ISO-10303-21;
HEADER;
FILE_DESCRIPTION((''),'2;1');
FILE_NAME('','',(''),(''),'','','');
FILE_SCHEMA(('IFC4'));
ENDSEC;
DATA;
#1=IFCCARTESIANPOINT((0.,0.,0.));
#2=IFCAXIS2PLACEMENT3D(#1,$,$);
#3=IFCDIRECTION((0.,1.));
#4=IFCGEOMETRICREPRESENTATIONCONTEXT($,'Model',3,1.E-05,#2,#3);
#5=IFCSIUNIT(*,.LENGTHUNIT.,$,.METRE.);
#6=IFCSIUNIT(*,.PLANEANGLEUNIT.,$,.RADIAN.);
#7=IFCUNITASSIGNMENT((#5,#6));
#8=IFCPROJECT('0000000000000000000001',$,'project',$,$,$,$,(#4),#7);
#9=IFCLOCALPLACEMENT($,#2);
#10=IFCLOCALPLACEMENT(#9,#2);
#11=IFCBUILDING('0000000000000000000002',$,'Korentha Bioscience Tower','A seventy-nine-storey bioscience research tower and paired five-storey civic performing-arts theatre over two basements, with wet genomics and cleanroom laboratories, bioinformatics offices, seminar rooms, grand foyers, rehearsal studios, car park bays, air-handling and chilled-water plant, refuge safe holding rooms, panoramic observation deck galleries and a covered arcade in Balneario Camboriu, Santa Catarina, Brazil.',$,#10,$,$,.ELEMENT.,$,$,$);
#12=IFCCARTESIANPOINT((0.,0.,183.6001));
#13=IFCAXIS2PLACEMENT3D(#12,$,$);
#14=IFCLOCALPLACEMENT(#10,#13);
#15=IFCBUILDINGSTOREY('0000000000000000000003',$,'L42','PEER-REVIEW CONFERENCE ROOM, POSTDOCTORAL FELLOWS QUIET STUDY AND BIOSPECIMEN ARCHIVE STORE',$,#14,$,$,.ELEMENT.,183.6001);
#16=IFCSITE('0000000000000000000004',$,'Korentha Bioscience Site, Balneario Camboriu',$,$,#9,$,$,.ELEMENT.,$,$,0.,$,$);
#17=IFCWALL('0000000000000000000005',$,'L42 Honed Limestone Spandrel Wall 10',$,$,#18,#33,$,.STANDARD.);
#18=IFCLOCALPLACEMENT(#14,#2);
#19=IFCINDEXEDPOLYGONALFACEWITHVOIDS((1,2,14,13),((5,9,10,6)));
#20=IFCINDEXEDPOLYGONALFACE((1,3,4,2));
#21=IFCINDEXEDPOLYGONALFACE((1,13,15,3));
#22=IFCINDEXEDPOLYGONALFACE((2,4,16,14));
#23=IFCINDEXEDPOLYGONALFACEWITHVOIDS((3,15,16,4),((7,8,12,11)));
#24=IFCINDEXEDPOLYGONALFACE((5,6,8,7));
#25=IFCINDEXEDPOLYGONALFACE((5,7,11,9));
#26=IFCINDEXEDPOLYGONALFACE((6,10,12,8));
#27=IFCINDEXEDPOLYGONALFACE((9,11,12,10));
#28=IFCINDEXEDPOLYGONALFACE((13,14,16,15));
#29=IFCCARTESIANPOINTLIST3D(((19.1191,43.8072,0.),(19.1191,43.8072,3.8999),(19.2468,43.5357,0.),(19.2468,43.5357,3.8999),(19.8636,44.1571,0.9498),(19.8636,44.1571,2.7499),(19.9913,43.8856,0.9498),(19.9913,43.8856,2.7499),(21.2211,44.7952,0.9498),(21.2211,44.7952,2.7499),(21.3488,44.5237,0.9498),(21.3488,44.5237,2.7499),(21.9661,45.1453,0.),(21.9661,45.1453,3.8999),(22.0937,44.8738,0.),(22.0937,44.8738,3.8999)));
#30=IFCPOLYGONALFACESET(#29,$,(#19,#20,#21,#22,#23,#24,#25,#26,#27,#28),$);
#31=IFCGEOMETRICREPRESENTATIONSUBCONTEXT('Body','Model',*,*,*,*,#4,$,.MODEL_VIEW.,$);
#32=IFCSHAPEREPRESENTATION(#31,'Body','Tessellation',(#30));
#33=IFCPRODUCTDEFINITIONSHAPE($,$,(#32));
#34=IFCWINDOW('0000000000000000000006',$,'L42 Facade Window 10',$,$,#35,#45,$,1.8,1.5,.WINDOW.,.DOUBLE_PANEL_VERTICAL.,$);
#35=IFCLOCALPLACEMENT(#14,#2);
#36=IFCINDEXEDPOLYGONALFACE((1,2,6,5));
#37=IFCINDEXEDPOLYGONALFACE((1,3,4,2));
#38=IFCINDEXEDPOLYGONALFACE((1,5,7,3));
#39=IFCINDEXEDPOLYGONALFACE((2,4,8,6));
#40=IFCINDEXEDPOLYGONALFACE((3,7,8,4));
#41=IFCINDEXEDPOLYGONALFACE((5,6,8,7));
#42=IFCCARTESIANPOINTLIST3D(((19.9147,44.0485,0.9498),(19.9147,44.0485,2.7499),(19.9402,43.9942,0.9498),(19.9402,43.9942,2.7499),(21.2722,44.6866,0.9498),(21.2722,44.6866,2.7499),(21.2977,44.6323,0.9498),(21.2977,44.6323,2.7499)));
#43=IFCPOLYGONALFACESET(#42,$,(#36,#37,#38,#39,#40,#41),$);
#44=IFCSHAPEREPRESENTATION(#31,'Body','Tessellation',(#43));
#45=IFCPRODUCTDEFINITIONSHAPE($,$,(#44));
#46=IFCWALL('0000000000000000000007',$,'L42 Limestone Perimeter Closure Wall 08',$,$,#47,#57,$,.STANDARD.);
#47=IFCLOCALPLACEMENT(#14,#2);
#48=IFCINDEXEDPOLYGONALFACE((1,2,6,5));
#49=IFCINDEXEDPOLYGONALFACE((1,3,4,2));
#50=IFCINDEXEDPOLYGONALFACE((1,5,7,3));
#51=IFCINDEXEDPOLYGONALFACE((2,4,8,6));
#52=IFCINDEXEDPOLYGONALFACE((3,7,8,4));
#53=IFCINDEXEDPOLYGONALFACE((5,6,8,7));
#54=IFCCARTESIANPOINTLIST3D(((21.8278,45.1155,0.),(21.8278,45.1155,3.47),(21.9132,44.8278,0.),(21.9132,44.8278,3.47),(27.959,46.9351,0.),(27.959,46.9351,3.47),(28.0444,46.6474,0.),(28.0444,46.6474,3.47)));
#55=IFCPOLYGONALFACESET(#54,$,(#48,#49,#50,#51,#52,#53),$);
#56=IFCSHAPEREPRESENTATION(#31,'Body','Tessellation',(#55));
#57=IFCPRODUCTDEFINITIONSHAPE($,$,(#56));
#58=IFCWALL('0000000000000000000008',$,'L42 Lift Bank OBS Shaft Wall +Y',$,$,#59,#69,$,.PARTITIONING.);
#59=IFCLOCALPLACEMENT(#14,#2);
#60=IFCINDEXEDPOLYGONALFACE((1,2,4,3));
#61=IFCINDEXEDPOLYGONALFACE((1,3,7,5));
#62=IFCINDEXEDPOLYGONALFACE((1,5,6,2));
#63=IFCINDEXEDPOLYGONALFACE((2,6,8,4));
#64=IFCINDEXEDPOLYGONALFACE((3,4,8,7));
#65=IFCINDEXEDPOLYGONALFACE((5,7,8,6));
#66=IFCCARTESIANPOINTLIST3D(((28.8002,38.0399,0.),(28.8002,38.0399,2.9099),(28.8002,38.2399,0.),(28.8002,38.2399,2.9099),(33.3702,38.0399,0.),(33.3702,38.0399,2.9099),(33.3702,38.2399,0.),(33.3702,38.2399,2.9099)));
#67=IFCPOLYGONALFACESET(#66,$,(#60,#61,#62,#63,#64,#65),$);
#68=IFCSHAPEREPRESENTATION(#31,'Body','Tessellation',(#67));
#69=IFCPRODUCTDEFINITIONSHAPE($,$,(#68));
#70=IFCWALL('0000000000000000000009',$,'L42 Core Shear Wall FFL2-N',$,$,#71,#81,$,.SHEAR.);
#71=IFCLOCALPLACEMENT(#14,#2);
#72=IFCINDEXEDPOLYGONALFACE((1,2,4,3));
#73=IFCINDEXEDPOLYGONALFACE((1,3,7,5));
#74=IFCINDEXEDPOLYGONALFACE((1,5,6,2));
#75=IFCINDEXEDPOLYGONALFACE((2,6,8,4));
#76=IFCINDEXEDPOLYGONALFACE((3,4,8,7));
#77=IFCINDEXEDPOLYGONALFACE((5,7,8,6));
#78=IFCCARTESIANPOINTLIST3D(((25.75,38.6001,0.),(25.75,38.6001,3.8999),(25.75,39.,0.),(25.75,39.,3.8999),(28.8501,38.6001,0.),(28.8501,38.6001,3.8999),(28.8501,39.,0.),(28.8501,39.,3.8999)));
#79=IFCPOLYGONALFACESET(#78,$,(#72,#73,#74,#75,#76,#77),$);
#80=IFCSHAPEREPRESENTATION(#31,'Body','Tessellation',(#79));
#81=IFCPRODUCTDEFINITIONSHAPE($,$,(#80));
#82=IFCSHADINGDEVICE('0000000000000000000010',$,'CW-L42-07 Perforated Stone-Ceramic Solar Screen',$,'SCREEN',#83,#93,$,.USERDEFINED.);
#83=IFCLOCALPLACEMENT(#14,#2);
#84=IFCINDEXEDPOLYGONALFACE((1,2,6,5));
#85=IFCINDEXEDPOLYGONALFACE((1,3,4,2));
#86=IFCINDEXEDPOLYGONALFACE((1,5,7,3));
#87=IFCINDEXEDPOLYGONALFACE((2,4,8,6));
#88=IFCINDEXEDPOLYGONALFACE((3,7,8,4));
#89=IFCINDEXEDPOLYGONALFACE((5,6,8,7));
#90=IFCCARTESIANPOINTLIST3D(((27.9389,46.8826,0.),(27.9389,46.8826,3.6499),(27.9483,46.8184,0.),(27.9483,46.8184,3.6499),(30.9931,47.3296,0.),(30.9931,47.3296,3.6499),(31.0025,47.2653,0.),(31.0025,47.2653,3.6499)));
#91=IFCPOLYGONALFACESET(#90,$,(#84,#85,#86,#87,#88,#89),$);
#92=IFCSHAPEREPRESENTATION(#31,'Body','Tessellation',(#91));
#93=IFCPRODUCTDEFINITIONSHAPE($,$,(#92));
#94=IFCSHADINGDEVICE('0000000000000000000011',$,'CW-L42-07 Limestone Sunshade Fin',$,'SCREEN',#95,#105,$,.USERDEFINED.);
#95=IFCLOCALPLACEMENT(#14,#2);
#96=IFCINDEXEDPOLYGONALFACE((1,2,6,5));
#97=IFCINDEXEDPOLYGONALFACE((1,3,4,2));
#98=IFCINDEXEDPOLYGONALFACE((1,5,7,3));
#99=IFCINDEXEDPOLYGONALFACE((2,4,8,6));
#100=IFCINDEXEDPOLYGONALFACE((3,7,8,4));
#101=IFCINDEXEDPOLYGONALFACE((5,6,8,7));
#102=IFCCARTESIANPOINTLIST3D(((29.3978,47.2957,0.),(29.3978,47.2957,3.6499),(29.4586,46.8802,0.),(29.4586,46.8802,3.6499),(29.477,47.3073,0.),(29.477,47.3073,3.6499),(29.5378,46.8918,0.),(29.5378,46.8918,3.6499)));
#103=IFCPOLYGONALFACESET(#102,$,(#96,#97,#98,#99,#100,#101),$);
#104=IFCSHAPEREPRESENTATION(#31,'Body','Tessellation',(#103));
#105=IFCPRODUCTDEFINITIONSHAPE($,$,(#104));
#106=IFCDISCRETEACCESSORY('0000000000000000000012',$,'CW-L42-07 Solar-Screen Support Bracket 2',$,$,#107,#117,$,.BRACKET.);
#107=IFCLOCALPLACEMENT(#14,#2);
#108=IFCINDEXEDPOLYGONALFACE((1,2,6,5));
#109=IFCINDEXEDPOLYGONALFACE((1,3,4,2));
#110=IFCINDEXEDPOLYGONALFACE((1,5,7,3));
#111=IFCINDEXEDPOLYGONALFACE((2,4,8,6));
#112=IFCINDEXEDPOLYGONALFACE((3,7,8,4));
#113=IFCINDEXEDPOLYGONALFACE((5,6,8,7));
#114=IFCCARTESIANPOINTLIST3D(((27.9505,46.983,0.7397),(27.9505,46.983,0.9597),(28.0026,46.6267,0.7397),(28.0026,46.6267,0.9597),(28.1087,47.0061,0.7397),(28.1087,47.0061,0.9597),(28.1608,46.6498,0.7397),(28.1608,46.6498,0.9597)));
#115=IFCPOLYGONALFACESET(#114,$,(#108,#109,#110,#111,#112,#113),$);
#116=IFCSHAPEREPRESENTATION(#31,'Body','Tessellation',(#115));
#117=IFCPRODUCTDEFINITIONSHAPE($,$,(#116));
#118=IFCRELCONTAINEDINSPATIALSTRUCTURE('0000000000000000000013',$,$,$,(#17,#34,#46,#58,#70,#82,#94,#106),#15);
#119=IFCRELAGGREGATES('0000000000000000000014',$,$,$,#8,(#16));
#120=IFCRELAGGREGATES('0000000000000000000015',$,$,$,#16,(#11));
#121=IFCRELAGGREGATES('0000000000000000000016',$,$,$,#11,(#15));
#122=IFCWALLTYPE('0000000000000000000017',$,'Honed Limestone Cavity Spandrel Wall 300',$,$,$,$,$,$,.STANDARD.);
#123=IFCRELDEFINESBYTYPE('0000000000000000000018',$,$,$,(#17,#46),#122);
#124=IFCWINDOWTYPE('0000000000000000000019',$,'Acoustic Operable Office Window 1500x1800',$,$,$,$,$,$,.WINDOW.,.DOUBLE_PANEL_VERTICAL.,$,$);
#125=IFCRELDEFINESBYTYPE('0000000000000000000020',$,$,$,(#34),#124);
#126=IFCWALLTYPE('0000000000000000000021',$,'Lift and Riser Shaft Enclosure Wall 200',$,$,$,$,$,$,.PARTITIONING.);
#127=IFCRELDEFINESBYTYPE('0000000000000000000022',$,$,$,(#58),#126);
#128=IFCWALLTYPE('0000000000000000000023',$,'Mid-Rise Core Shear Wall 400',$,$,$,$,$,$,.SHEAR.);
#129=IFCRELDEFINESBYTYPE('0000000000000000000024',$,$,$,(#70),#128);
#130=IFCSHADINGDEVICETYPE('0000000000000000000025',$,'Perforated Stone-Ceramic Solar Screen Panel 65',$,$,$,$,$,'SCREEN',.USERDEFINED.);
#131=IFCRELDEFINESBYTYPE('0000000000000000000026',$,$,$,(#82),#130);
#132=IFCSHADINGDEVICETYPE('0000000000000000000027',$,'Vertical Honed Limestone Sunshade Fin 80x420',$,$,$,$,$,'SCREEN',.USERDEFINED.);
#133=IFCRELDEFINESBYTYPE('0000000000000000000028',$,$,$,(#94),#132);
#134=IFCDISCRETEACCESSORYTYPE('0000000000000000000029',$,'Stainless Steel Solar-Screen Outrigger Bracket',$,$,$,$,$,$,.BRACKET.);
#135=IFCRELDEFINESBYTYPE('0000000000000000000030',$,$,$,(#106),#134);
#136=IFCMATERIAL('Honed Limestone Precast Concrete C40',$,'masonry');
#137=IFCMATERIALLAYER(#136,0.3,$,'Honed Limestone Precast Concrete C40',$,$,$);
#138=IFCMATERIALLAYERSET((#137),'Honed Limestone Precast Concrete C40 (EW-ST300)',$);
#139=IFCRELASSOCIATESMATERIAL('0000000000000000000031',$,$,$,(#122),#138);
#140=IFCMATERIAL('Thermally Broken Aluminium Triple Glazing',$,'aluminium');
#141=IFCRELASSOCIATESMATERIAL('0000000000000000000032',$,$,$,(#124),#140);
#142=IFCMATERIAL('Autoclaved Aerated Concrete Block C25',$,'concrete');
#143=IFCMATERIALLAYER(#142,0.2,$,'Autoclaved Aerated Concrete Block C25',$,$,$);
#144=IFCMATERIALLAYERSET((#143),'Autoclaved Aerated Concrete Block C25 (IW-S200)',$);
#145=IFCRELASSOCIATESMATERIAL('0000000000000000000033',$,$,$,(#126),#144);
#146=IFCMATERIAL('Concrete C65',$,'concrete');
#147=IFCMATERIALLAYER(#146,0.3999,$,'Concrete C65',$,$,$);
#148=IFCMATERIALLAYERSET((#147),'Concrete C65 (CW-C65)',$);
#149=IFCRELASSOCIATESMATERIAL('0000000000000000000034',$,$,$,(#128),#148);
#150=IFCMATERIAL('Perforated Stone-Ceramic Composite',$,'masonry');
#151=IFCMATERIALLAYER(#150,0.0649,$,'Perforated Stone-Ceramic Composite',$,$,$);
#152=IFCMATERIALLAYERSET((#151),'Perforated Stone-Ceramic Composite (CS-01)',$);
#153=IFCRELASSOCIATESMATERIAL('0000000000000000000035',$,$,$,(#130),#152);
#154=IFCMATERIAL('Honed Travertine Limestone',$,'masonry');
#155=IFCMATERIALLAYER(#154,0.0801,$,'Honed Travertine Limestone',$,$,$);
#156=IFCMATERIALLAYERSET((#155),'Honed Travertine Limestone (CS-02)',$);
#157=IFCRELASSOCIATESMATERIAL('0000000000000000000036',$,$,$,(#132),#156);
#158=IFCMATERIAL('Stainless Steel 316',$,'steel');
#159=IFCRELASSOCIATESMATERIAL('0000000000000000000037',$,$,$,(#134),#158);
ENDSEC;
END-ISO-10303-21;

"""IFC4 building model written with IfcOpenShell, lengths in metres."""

from ifc_helpers import new_model, si_unit, direction, frame, frame_2d, origin, origin_2d, place, context, subcontext, project, spatial, rectangle, extrude, material, layer, layer_set, type_object, element, fill, save


model = new_model("IFC4")

# Units and contexts
model_context = context("Model", 3, precision=1e-05, world=origin(), true_north=direction((0.0, 1.0)))
body_context = subcontext(model_context, "Body", "Model", "MODEL_VIEW")
ifc_project = project(units=[si_unit("LENGTHUNIT", "METRE"), si_unit("PLANEANGLEUNIT", "RADIAN")], contexts=[model_context])

# Site, building, storey
site_placement = place(None, origin())
site = spatial("IfcSite", under=ifc_project, at=site_placement, Name="Korentha Bioscience Site, Balneario Camboriu", CompositionType="ELEMENT", RefElevation=0.0)
building_placement = place(site_placement, origin())
building = spatial("IfcBuilding", under=site, at=building_placement, Name="Korentha Bioscience Tower", Description="A seventy-nine-storey bioscience research tower and paired five-storey civic performing-arts theatre over two basements, with wet genomics and cleanroom laboratories, bioinformatics offices, seminar rooms, grand foyers, rehearsal studios, car park bays, air-handling and chilled-water plant, refuge safe holding rooms, panoramic observation deck galleries and a covered arcade in Balneario Camboriu, Santa Catarina, Brazil.", CompositionType="ELEMENT")
storey_placement = place(building_placement, frame((0.0, 0.0, 183.6001)))
storey = spatial("IfcBuildingStorey", under=building, at=storey_placement, Name="L42", Description="PEER-REVIEW CONFERENCE ROOM, POSTDOCTORAL FELLOWS QUIET STUDY AND BIOSPECIMEN ARCHIVE STORE", CompositionType="ELEMENT", Elevation=183.6001)

# Shared definitions
ifc_material_1 = material(Name="Concrete C65", Category="concrete")

# Wall, opening, window
ifc_material_2 = material(Name="Honed Limestone Precast Concrete C40", Category="masonry")
ifc_layer_1 = layer(ifc_material_2, 0.3, Name="Honed Limestone Precast Concrete C40")
ifc_layer_set_1 = layer_set([ifc_layer_1], Name="Honed Limestone Precast Concrete C40 (EW-ST300)")
wall_type_1 = type_object("IfcWallType", Name="Honed Limestone Cavity Spandrel Wall 300", PredefinedType="STANDARD", material=ifc_layer_set_1)
wall_1_placement = place(storey_placement, frame((22.0298, 45.0095, 0.0), z_axis=(0.0, 0.0, 1.0), x_axis=(-0.905014, -0.425382, 0.0)))
wall_1 = element("IfcWall", 1, at=wall_1_placement, inside=storey, type_object=wall_type_1, Name="L42 Honed Limestone Spandrel Wall 10", PredefinedType="STANDARD", context=body_context, shape_type="SweptSolid", body=[
    extrude(rectangle(XDim=3.1458, YDim=0.3, at=frame_2d((1.5728, 0.0))), origin(), (0.0, 0.0, 1.0), 3.8999),
])
opening_1_placement = place(wall_1_placement, frame((0.823, 0.0, 0.95)))
opening_1 = element("IfcOpeningElement", 2, at=opening_1_placement, cuts=wall_1, PredefinedType="OPENING", context=body_context, shape_type="SweptSolid", body=[
    extrude(rectangle(XDim=1.5, YDim=1.8, at=frame_2d((0.75, 0.8999))), frame((0.0, 0.165, 0.0), z_axis=(0.0, -1.0, 0.0), x_axis=(1.0, 0.0, 0.0)), (0.0, 0.0, 1.0), 0.3298),
])
ifc_material_3 = material(Name="Thermally Broken Aluminium Triple Glazing", Category="aluminium")
window_type = type_object("IfcWindowType", Name="Acoustic Operable Office Window 1500x1800", PartitioningType="DOUBLE_PANEL_VERTICAL", PredefinedType="WINDOW", material=ifc_material_3)
window_placement = place(opening_1_placement, origin())
window = element("IfcWindow", 3, at=window_placement, inside=storey, type_object=window_type, Name="L42 Facade Window 10", OverallHeight=1.8, OverallWidth=1.5, PartitioningType="DOUBLE_PANEL_VERTICAL", PredefinedType="WINDOW", context=body_context, shape_type="SweptSolid", body=[
    extrude(rectangle(XDim=1.5, YDim=1.8, at=frame_2d((0.75, 0.8999))), frame((0.0, 0.03, 0.0), z_axis=(0.0, -1.0, 0.0), x_axis=(1.0, 0.0, 0.0)), (0.0, 0.0, 1.0), 0.0601),
])
fill(opening_1, window)

# Walls
wall_2_placement = place(storey_placement, frame((28.0017, 46.7913, 0.0), z_axis=(0.0, 0.0, 1.0), x_axis=(-0.958672, -0.284513, 0.0)))
element("IfcWall", 4, at=wall_2_placement, inside=storey, type_object=wall_type_1, Name="L42 Limestone Perimeter Closure Wall 08", PredefinedType="STANDARD", context=body_context, shape_type="SweptSolid", body=[
    extrude(rectangle(XDim=6.3955, YDim=0.3, at=frame_2d((3.1978, 0.0))), origin(), (0.0, 0.0, 1.0), 3.47),
])
ifc_material_4 = material(Name="Autoclaved Aerated Concrete Block C25", Category="concrete")
ifc_layer_2 = layer(ifc_material_4, 0.2, Name="Autoclaved Aerated Concrete Block C25")
ifc_layer_set_2 = layer_set([ifc_layer_2], Name="Autoclaved Aerated Concrete Block C25 (IW-S200)")
wall_type_2 = type_object("IfcWallType", Name="Lift and Riser Shaft Enclosure Wall 200", PredefinedType="PARTITIONING", material=ifc_layer_set_2)
wall_3_placement = place(storey_placement, frame((28.8, 38.1399, 0.0), z_axis=(0.0, 0.0, 1.0), x_axis=(1.0, 0.0, 0.0)))
element("IfcWall", 5, at=wall_3_placement, inside=storey, type_object=wall_type_2, Name="L42 Lift Bank OBS Shaft Wall +Y", PredefinedType="PARTITIONING", context=body_context, shape_type="SweptSolid", body=[
    extrude(rectangle(XDim=4.5701, YDim=0.2, at=frame_2d((2.2852, 0.0))), origin(), (0.0, 0.0, 1.0), 2.9099),
])
ifc_layer_3 = layer(ifc_material_1, 0.3999, Name="Concrete C65")
ifc_layer_set_3 = layer_set([ifc_layer_3], Name="Concrete C65 (CW-C65)")
wall_type_3 = type_object("IfcWallType", Name="Mid-Rise Core Shear Wall 400", PredefinedType="SHEAR", material=ifc_layer_set_3)
wall_4_placement = place(storey_placement, frame((25.75, 38.8, 0.0), z_axis=(0.0, 0.0, 1.0), x_axis=(1.0, 0.0, 0.0)))
element("IfcWall", 6, at=wall_4_placement, inside=storey, type_object=wall_type_3, Name="L42 Core Shear Wall FFL2-N", PredefinedType="SHEAR", context=body_context, shape_type="SweptSolid", body=[
    extrude(rectangle(XDim=3.1001, YDim=0.3999, at=frame_2d((1.55, 0.0))), origin(), (0.0, 0.0, 1.0), 3.8999),
])

# Shading devices
ifc_material_5 = material(Name="Perforated Stone-Ceramic Composite", Category="masonry")
ifc_layer_4 = layer(ifc_material_5, 0.0649, Name="Perforated Stone-Ceramic Composite")
ifc_layer_set_4 = layer_set([ifc_layer_4], Name="Perforated Stone-Ceramic Composite (CS-01)")
shading_device_type_1 = type_object("IfcShadingDeviceType", Name="Perforated Stone-Ceramic Solar Screen Panel 65", ElementType="SCREEN", PredefinedType="USERDEFINED", material=ifc_layer_set_4)
shading_device_1_placement = place(storey_placement, frame((29.4707, 47.074, 0.0), z_axis=(0.0, 0.0, 1.0), x_axis=(-0.989462, -0.144793, 0.0)))
element("IfcShadingDevice", 7, at=shading_device_1_placement, inside=storey, type_object=shading_device_type_1, Name="CW-L42-07 Perforated Stone-Ceramic Solar Screen", ObjectType="SCREEN", PredefinedType="USERDEFINED", context=body_context, shape_type="SweptSolid", body=[
    extrude(rectangle(XDim=3.0867, YDim=0.0649, at=origin_2d()), origin(), (0.0, 0.0, 1.0), 3.6499),
])
ifc_material_6 = material(Name="Honed Travertine Limestone", Category="masonry")
ifc_layer_5 = layer(ifc_material_6, 0.0801, Name="Honed Travertine Limestone")
ifc_layer_set_5 = layer_set([ifc_layer_5], Name="Honed Travertine Limestone (CS-02)")
shading_device_type_2 = type_object("IfcShadingDeviceType", Name="Vertical Honed Limestone Sunshade Fin 80x420", ElementType="SCREEN", PredefinedType="USERDEFINED", material=ifc_layer_set_5)
shading_device_2_placement = place(storey_placement, frame((29.4678, 47.0938, 0.0), z_axis=(0.0, 0.0, 1.0), x_axis=(-0.989462, -0.144793, 0.0)))
element("IfcShadingDevice", 8, at=shading_device_2_placement, inside=storey, type_object=shading_device_type_2, Name="CW-L42-07 Limestone Sunshade Fin", ObjectType="SCREEN", PredefinedType="USERDEFINED", context=body_context, shape_type="SweptSolid", body=[
    extrude(rectangle(XDim=0.0801, YDim=0.4199, at=origin_2d()), origin(), (0.0, 0.0, 1.0), 3.6499),
])

# Discrete accessory
ifc_material_7 = material(Name="Stainless Steel 316", Category="steel")
discrete_accessory_type = type_object("IfcDiscreteAccessoryType", Name="Stainless Steel Solar-Screen Outrigger Bracket", PredefinedType="BRACKET", material=ifc_material_7)
discrete_accessory_placement = place(storey_placement, frame((28.0557, 46.8164, 0.7397), z_axis=(0.0, 0.0, 1.0), x_axis=(-0.989462, -0.144793, 0.0)))
element("IfcDiscreteAccessory", 9, at=discrete_accessory_placement, inside=storey, type_object=discrete_accessory_type, Name="CW-L42-07 Solar-Screen Support Bracket 2", PredefinedType="BRACKET", context=body_context, shape_type="SweptSolid", body=[
    extrude(rectangle(XDim=0.1599, YDim=0.3601, at=origin_2d()), origin(), (0.0, 0.0, 1.0), 0.22),
])

save(model, "model.ifc")
